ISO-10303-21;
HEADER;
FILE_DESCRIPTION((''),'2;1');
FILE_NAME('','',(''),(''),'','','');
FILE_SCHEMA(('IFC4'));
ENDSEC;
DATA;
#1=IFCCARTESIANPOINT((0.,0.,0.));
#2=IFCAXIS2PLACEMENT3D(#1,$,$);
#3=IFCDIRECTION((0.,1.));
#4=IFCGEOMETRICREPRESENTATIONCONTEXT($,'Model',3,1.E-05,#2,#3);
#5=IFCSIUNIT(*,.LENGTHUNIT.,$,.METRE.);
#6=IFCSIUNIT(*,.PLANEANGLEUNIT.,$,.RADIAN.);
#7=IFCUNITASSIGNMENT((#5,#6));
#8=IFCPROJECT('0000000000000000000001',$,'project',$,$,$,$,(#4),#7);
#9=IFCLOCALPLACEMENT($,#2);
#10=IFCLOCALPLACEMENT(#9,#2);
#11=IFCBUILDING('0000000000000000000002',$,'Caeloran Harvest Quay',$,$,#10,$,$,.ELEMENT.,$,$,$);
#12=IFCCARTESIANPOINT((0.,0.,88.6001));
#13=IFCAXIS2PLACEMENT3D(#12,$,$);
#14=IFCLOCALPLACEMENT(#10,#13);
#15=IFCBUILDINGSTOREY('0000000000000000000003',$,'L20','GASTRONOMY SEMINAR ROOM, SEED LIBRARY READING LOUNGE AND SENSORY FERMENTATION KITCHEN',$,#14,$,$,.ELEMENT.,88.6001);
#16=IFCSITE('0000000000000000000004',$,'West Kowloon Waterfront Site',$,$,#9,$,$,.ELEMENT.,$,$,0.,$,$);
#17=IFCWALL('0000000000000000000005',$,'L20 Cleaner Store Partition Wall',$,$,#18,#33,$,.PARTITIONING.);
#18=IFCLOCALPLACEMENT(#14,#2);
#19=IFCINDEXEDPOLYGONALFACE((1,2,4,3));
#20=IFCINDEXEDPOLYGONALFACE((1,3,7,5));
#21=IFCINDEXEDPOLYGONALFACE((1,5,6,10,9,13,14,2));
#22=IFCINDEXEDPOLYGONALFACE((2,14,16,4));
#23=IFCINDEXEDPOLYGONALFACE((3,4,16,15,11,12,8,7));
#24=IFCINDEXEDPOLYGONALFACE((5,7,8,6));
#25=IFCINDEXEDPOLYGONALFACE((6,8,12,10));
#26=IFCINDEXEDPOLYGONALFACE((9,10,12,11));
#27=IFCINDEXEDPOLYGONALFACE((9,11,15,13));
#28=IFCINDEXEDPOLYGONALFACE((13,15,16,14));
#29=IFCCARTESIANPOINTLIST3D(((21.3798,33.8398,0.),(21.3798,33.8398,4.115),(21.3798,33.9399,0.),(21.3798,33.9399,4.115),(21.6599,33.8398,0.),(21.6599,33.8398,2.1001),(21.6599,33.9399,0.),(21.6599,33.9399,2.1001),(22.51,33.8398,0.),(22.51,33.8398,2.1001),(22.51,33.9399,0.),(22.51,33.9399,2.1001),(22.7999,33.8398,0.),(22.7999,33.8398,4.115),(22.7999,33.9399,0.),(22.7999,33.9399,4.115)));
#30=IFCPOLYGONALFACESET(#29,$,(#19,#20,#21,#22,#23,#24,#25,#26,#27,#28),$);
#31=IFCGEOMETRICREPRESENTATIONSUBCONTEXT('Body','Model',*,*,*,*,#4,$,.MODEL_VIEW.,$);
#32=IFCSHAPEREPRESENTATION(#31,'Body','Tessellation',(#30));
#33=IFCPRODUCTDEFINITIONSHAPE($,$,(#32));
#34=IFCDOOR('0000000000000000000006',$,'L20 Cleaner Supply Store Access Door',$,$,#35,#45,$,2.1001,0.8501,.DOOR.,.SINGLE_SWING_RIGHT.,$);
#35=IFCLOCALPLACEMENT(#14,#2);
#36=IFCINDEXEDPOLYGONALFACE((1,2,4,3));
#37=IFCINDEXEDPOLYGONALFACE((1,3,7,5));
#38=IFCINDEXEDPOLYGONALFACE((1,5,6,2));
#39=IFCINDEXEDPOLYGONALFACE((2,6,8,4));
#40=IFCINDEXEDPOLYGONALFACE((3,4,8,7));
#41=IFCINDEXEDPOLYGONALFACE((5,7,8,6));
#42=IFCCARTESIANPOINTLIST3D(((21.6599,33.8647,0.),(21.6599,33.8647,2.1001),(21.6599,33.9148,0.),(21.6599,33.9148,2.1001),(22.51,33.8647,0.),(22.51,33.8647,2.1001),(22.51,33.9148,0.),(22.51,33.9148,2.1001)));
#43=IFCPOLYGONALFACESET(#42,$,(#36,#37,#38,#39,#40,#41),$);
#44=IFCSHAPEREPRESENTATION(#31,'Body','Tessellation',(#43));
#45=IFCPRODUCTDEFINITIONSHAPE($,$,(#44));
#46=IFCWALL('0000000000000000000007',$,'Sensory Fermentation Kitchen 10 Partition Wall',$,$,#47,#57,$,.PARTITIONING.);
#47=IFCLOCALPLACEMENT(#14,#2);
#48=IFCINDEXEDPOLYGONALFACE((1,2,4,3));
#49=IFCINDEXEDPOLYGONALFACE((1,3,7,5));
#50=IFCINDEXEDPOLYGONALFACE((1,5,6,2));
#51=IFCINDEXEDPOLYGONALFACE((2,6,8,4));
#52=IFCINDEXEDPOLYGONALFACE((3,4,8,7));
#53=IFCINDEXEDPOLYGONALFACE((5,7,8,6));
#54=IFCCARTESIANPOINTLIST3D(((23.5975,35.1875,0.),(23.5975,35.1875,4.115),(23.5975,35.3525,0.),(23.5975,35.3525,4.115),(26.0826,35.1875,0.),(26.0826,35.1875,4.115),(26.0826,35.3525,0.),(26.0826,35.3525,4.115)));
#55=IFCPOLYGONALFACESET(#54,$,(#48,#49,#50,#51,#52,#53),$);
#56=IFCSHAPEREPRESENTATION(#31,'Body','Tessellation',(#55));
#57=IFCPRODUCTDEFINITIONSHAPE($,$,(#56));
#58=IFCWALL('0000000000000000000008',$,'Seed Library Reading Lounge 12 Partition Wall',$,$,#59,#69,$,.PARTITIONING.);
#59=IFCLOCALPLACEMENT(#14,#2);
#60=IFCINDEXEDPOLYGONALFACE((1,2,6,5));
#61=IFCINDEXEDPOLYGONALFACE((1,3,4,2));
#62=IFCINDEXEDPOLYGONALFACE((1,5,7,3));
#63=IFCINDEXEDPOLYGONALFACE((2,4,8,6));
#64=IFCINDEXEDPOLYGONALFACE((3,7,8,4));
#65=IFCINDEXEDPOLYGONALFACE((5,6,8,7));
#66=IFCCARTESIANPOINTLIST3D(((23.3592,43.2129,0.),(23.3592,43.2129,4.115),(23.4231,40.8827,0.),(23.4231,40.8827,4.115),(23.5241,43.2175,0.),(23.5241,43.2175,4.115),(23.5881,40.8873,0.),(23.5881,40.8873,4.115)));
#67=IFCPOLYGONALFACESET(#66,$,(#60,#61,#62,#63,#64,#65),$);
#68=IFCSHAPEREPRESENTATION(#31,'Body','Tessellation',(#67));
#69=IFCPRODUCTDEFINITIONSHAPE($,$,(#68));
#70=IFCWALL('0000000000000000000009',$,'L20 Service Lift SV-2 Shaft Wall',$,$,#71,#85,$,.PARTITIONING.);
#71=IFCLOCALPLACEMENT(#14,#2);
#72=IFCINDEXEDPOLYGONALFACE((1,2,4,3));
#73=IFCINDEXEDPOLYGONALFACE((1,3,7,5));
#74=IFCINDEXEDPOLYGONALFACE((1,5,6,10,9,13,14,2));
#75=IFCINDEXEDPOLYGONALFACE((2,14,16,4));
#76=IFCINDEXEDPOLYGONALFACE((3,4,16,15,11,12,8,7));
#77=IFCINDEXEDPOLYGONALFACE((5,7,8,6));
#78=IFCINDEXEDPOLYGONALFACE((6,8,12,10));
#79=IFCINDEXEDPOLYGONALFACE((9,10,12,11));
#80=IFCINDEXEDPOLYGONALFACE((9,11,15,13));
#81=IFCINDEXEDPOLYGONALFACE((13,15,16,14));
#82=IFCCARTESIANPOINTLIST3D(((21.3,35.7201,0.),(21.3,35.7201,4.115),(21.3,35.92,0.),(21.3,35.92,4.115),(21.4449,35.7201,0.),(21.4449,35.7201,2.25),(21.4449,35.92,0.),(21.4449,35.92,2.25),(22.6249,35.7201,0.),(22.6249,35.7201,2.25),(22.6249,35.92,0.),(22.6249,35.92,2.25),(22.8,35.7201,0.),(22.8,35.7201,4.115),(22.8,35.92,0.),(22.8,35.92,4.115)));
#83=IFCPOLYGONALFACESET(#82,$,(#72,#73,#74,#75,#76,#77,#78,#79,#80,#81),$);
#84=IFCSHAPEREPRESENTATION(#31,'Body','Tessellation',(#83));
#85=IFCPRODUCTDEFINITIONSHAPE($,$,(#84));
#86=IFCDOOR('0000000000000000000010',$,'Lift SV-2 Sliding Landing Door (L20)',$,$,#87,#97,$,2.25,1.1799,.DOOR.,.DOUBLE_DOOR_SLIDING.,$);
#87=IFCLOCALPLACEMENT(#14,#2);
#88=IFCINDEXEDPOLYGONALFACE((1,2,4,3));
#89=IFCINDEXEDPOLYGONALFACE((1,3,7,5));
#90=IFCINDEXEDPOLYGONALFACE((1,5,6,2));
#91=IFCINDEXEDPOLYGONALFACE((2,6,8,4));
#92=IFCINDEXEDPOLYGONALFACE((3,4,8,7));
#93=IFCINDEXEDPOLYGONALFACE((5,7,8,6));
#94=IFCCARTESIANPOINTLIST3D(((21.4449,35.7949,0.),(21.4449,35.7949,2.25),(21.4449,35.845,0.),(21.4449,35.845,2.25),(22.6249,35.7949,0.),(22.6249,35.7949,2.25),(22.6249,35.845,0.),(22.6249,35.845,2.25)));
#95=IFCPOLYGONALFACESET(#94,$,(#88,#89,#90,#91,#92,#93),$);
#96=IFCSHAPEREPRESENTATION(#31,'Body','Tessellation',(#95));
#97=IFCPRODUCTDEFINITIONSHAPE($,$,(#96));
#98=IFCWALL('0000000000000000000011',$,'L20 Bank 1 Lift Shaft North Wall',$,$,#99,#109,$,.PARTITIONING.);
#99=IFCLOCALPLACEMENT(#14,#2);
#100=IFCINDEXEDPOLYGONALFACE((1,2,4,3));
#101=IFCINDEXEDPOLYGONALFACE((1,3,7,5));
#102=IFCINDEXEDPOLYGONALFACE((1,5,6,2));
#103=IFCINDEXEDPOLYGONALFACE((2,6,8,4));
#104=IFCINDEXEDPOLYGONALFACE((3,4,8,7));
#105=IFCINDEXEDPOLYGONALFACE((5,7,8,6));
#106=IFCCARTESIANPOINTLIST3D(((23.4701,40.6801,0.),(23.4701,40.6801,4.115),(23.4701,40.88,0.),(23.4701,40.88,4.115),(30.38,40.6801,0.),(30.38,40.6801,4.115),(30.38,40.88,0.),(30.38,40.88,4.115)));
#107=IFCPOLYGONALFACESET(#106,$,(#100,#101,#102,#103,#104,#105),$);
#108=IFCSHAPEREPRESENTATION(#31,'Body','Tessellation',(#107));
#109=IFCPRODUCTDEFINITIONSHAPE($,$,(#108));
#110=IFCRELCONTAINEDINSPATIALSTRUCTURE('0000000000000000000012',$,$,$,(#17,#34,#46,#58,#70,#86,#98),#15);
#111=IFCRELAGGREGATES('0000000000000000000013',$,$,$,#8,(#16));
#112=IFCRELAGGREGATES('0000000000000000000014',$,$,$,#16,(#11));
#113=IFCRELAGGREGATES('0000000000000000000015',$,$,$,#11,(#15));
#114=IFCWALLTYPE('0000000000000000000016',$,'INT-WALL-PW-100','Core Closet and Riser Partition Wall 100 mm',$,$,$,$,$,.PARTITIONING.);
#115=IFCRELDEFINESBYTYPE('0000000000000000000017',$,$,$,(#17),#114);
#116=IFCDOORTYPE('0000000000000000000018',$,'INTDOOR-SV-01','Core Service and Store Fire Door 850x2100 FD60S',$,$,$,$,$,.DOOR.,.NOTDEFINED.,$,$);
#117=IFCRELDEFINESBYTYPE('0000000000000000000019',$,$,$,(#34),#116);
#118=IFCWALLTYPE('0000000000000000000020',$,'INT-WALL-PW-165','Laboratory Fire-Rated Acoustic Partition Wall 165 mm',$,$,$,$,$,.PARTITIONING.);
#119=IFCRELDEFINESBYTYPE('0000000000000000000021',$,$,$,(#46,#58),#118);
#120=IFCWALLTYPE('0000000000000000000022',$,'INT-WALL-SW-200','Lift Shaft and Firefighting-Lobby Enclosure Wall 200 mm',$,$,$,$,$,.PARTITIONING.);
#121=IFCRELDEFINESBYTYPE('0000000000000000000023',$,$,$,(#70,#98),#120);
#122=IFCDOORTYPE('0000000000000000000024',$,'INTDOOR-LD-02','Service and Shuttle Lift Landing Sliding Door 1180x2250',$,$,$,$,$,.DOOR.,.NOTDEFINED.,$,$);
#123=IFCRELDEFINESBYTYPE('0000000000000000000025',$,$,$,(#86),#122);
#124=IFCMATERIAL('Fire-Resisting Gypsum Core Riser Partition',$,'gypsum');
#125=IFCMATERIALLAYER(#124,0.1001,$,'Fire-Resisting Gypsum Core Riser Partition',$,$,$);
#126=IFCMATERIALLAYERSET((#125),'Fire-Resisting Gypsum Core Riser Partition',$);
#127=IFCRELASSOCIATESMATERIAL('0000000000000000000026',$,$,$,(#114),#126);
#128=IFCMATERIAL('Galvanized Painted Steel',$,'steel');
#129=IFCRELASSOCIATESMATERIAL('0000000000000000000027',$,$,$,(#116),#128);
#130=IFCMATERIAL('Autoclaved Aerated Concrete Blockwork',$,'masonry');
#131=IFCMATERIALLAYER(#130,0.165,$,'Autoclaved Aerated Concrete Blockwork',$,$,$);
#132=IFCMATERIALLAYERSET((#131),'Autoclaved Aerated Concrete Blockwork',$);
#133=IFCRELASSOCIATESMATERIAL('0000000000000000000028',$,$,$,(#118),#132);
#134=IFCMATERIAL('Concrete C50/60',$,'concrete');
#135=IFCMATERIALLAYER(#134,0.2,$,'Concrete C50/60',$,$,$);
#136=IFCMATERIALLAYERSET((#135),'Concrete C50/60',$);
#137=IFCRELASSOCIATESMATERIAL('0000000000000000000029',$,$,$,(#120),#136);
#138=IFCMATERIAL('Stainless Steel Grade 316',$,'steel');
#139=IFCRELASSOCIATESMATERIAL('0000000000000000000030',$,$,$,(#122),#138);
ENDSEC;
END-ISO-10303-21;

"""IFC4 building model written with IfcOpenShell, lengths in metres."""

from ifc_helpers import new_model, si_unit, direction, frame, frame_2d, origin, place, context, subcontext, project, spatial, rectangle, extrude, material, layer, layer_set, type_object, element, fill, save


model = new_model("IFC4")

# Units and contexts
model_context = context("Model", 3, precision=1e-05, world=origin(), true_north=direction((0.0, 1.0)))
body_context = subcontext(model_context, "Body", "Model", "MODEL_VIEW")
ifc_project = project(units=[si_unit("LENGTHUNIT", "METRE"), si_unit("PLANEANGLEUNIT", "RADIAN")], contexts=[model_context])

# Site, building, storey
site_placement = place(None, origin())
site = spatial("IfcSite", under=ifc_project, at=site_placement, Name="West Kowloon Waterfront Site", CompositionType="ELEMENT", RefElevation=0.0)
building_placement = place(site_placement, origin())
building = spatial("IfcBuilding", under=site, at=building_placement, Name="Caeloran Harvest Quay", CompositionType="ELEMENT")
storey_placement = place(building_placement, frame((0.0, 0.0, 88.6001)))
storey = spatial("IfcBuildingStorey", under=building, at=storey_placement, Name="L20", Description="GASTRONOMY SEMINAR ROOM, SEED LIBRARY READING LOUNGE AND SENSORY FERMENTATION KITCHEN", CompositionType="ELEMENT", Elevation=88.6001)

# Wall, opening, door
ifc_material_1 = material(Name="Fire-Resisting Gypsum Core Riser Partition", Category="gypsum")
ifc_layer_1 = layer(ifc_material_1, 0.1001, Name="Fire-Resisting Gypsum Core Riser Partition")
ifc_layer_set_1 = layer_set([ifc_layer_1], Name="Fire-Resisting Gypsum Core Riser Partition")
wall_type_1 = type_object("IfcWallType", Name="INT-WALL-PW-100", Description="Core Closet and Riser Partition Wall 100 mm", PredefinedType="PARTITIONING", material=ifc_layer_set_1)
wall_1_placement = place(storey_placement, frame((21.3799, 33.8899, 0.0), z_axis=(0.0, 0.0, 1.0), x_axis=(1.0, 0.0, 0.0)))
wall_1 = element("IfcWall", 1, at=wall_1_placement, inside=storey, type_object=wall_type_1, Name="L20 Cleaner Store Partition Wall", PredefinedType="PARTITIONING", context=body_context, shape_type="SweptSolid", body=[
    extrude(rectangle(XDim=1.4202, YDim=0.1001, at=frame_2d((0.71, 0.0))), origin(), (0.0, 0.0, 1.0), 4.115),
])
opening_1_placement = place(wall_1_placement, frame((0.28, 0.0, 0.0)))
opening_1 = element("IfcOpeningElement", 2, at=opening_1_placement, cuts=wall_1, PredefinedType="OPENING", context=body_context, shape_type="SweptSolid", body=[
    extrude(rectangle(XDim=0.8501, YDim=2.1001, at=frame_2d((0.425, 1.05))), frame((0.0, 0.0601, 0.0), z_axis=(0.0, -1.0, 0.0), x_axis=(1.0, 0.0, 0.0)), (0.0, 0.0, 1.0), 0.1201),
])
ifc_material_2 = material(Name="Galvanized Painted Steel", Category="steel")
door_type_1 = type_object("IfcDoorType", Name="INTDOOR-SV-01", Description="Core Service and Store Fire Door 850x2100 FD60S", OperationType="NOTDEFINED", PredefinedType="DOOR", material=ifc_material_2)
door_1_placement = place(opening_1_placement, origin())
door_1 = element("IfcDoor", 3, at=door_1_placement, inside=storey, type_object=door_type_1, Name="L20 Cleaner Supply Store Access Door", OperationType="SINGLE_SWING_RIGHT", OverallHeight=2.1001, OverallWidth=0.8501, PredefinedType="DOOR", context=body_context, shape_type="SweptSolid", body=[
    extrude(rectangle(XDim=0.8501, YDim=2.1001, at=frame_2d((0.425, 1.05))), frame((0.0, 0.0249, 0.0), z_axis=(0.0, -1.0, 0.0), x_axis=(1.0, 0.0, 0.0)), (0.0, 0.0, 1.0), 0.05),
])
fill(opening_1, door_1)

# Walls
ifc_material_3 = material(Name="Autoclaved Aerated Concrete Blockwork", Category="masonry")
ifc_layer_2 = layer(ifc_material_3, 0.165, Name="Autoclaved Aerated Concrete Blockwork")
ifc_layer_set_2 = layer_set([ifc_layer_2], Name="Autoclaved Aerated Concrete Blockwork")
wall_type_2 = type_object("IfcWallType", Name="INT-WALL-PW-165", Description="Laboratory Fire-Rated Acoustic Partition Wall 165 mm", PredefinedType="PARTITIONING", material=ifc_layer_set_2)
wall_2_placement = place(storey_placement, frame((23.5974, 35.27, 0.0), z_axis=(0.0, 0.0, 1.0), x_axis=(1.0, 0.0, 0.0)))
element("IfcWall", 4, at=wall_2_placement, inside=storey, type_object=wall_type_2, Name="Sensory Fermentation Kitchen 10 Partition Wall", PredefinedType="PARTITIONING", context=body_context, shape_type="SweptSolid", body=[
    extrude(rectangle(XDim=2.4851, YDim=0.165, at=frame_2d((1.2427, 0.0))), origin(), (0.0, 0.0, 1.0), 4.115),
])
wall_3_placement = place(storey_placement, frame((23.5056, 40.885, 0.0), z_axis=(0.0, 0.0, 1.0), x_axis=(-0.027441, 0.999623, 0.0)))
element("IfcWall", 5, at=wall_3_placement, inside=storey, type_object=wall_type_2, Name="Seed Library Reading Lounge 12 Partition Wall", PredefinedType="PARTITIONING", context=body_context, shape_type="SweptSolid", body=[
    extrude(rectangle(XDim=2.3311, YDim=0.165, at=frame_2d((1.1655, 0.0))), origin(), (0.0, 0.0, 1.0), 4.115),
])

# Wall, opening, door
ifc_material_4 = material(Name="Concrete C50/60", Category="concrete")
ifc_layer_3 = layer(ifc_material_4, 0.2, Name="Concrete C50/60")
ifc_layer_set_3 = layer_set([ifc_layer_3], Name="Concrete C50/60")
wall_type_3 = type_object("IfcWallType", Name="INT-WALL-SW-200", Description="Lift Shaft and Firefighting-Lobby Enclosure Wall 200 mm", PredefinedType="PARTITIONING", material=ifc_layer_set_3)
wall_4_placement = place(storey_placement, frame((21.3, 35.8201, 0.0), z_axis=(0.0, 0.0, 1.0), x_axis=(1.0, 0.0, 0.0)))
wall_4 = element("IfcWall", 6, at=wall_4_placement, inside=storey, type_object=wall_type_3, Name="L20 Service Lift SV-2 Shaft Wall", PredefinedType="PARTITIONING", context=body_context, shape_type="SweptSolid", body=[
    extrude(rectangle(XDim=1.5, YDim=0.2, at=frame_2d((0.75, 0.0))), origin(), (0.0, 0.0, 1.0), 4.115),
])
opening_2_placement = place(wall_4_placement, frame((0.145, 0.0, 0.0)))
opening_2 = element("IfcOpeningElement", 7, at=opening_2_placement, cuts=wall_4, PredefinedType="OPENING", context=body_context, shape_type="SweptSolid", body=[
    extrude(rectangle(XDim=1.1799, YDim=2.25, at=frame_2d((0.5898, 1.125))), frame((0.0, 0.1099, 0.0), z_axis=(0.0, -1.0, 0.0), x_axis=(1.0, 0.0, 0.0)), (0.0, 0.0, 1.0), 0.22),
])
ifc_material_5 = material(Name="Stainless Steel Grade 316", Category="steel")
door_type_2 = type_object("IfcDoorType", Name="INTDOOR-LD-02", Description="Service and Shuttle Lift Landing Sliding Door 1180x2250", OperationType="NOTDEFINED", PredefinedType="DOOR", material=ifc_material_5)
door_2_placement = place(opening_2_placement, origin())
door_2 = element("IfcDoor", 8, at=door_2_placement, inside=storey, type_object=door_type_2, Name="Lift SV-2 Sliding Landing Door (L20)", OperationType="DOUBLE_DOOR_SLIDING", OverallHeight=2.25, OverallWidth=1.1799, PredefinedType="DOOR", context=body_context, shape_type="SweptSolid", body=[
    extrude(rectangle(XDim=1.1799, YDim=2.25, at=frame_2d((0.5898, 1.125))), frame((0.0, 0.0249, 0.0), z_axis=(0.0, -1.0, 0.0), x_axis=(1.0, 0.0, 0.0)), (0.0, 0.0, 1.0), 0.05),
])
fill(opening_2, door_2)

# Wall
wall_5_placement = place(storey_placement, frame((23.47, 40.78, 0.0), z_axis=(0.0, 0.0, 1.0), x_axis=(1.0, 0.0, 0.0)))
element("IfcWall", 9, at=wall_5_placement, inside=storey, type_object=wall_type_3, Name="L20 Bank 1 Lift Shaft North Wall", PredefinedType="PARTITIONING", context=body_context, shape_type="SweptSolid", body=[
    extrude(rectangle(XDim=6.9099, YDim=0.2, at=frame_2d((3.4551, 0.0))), origin(), (0.0, 0.0, 1.0), 4.115),
])

save(model, "model.ifc")
